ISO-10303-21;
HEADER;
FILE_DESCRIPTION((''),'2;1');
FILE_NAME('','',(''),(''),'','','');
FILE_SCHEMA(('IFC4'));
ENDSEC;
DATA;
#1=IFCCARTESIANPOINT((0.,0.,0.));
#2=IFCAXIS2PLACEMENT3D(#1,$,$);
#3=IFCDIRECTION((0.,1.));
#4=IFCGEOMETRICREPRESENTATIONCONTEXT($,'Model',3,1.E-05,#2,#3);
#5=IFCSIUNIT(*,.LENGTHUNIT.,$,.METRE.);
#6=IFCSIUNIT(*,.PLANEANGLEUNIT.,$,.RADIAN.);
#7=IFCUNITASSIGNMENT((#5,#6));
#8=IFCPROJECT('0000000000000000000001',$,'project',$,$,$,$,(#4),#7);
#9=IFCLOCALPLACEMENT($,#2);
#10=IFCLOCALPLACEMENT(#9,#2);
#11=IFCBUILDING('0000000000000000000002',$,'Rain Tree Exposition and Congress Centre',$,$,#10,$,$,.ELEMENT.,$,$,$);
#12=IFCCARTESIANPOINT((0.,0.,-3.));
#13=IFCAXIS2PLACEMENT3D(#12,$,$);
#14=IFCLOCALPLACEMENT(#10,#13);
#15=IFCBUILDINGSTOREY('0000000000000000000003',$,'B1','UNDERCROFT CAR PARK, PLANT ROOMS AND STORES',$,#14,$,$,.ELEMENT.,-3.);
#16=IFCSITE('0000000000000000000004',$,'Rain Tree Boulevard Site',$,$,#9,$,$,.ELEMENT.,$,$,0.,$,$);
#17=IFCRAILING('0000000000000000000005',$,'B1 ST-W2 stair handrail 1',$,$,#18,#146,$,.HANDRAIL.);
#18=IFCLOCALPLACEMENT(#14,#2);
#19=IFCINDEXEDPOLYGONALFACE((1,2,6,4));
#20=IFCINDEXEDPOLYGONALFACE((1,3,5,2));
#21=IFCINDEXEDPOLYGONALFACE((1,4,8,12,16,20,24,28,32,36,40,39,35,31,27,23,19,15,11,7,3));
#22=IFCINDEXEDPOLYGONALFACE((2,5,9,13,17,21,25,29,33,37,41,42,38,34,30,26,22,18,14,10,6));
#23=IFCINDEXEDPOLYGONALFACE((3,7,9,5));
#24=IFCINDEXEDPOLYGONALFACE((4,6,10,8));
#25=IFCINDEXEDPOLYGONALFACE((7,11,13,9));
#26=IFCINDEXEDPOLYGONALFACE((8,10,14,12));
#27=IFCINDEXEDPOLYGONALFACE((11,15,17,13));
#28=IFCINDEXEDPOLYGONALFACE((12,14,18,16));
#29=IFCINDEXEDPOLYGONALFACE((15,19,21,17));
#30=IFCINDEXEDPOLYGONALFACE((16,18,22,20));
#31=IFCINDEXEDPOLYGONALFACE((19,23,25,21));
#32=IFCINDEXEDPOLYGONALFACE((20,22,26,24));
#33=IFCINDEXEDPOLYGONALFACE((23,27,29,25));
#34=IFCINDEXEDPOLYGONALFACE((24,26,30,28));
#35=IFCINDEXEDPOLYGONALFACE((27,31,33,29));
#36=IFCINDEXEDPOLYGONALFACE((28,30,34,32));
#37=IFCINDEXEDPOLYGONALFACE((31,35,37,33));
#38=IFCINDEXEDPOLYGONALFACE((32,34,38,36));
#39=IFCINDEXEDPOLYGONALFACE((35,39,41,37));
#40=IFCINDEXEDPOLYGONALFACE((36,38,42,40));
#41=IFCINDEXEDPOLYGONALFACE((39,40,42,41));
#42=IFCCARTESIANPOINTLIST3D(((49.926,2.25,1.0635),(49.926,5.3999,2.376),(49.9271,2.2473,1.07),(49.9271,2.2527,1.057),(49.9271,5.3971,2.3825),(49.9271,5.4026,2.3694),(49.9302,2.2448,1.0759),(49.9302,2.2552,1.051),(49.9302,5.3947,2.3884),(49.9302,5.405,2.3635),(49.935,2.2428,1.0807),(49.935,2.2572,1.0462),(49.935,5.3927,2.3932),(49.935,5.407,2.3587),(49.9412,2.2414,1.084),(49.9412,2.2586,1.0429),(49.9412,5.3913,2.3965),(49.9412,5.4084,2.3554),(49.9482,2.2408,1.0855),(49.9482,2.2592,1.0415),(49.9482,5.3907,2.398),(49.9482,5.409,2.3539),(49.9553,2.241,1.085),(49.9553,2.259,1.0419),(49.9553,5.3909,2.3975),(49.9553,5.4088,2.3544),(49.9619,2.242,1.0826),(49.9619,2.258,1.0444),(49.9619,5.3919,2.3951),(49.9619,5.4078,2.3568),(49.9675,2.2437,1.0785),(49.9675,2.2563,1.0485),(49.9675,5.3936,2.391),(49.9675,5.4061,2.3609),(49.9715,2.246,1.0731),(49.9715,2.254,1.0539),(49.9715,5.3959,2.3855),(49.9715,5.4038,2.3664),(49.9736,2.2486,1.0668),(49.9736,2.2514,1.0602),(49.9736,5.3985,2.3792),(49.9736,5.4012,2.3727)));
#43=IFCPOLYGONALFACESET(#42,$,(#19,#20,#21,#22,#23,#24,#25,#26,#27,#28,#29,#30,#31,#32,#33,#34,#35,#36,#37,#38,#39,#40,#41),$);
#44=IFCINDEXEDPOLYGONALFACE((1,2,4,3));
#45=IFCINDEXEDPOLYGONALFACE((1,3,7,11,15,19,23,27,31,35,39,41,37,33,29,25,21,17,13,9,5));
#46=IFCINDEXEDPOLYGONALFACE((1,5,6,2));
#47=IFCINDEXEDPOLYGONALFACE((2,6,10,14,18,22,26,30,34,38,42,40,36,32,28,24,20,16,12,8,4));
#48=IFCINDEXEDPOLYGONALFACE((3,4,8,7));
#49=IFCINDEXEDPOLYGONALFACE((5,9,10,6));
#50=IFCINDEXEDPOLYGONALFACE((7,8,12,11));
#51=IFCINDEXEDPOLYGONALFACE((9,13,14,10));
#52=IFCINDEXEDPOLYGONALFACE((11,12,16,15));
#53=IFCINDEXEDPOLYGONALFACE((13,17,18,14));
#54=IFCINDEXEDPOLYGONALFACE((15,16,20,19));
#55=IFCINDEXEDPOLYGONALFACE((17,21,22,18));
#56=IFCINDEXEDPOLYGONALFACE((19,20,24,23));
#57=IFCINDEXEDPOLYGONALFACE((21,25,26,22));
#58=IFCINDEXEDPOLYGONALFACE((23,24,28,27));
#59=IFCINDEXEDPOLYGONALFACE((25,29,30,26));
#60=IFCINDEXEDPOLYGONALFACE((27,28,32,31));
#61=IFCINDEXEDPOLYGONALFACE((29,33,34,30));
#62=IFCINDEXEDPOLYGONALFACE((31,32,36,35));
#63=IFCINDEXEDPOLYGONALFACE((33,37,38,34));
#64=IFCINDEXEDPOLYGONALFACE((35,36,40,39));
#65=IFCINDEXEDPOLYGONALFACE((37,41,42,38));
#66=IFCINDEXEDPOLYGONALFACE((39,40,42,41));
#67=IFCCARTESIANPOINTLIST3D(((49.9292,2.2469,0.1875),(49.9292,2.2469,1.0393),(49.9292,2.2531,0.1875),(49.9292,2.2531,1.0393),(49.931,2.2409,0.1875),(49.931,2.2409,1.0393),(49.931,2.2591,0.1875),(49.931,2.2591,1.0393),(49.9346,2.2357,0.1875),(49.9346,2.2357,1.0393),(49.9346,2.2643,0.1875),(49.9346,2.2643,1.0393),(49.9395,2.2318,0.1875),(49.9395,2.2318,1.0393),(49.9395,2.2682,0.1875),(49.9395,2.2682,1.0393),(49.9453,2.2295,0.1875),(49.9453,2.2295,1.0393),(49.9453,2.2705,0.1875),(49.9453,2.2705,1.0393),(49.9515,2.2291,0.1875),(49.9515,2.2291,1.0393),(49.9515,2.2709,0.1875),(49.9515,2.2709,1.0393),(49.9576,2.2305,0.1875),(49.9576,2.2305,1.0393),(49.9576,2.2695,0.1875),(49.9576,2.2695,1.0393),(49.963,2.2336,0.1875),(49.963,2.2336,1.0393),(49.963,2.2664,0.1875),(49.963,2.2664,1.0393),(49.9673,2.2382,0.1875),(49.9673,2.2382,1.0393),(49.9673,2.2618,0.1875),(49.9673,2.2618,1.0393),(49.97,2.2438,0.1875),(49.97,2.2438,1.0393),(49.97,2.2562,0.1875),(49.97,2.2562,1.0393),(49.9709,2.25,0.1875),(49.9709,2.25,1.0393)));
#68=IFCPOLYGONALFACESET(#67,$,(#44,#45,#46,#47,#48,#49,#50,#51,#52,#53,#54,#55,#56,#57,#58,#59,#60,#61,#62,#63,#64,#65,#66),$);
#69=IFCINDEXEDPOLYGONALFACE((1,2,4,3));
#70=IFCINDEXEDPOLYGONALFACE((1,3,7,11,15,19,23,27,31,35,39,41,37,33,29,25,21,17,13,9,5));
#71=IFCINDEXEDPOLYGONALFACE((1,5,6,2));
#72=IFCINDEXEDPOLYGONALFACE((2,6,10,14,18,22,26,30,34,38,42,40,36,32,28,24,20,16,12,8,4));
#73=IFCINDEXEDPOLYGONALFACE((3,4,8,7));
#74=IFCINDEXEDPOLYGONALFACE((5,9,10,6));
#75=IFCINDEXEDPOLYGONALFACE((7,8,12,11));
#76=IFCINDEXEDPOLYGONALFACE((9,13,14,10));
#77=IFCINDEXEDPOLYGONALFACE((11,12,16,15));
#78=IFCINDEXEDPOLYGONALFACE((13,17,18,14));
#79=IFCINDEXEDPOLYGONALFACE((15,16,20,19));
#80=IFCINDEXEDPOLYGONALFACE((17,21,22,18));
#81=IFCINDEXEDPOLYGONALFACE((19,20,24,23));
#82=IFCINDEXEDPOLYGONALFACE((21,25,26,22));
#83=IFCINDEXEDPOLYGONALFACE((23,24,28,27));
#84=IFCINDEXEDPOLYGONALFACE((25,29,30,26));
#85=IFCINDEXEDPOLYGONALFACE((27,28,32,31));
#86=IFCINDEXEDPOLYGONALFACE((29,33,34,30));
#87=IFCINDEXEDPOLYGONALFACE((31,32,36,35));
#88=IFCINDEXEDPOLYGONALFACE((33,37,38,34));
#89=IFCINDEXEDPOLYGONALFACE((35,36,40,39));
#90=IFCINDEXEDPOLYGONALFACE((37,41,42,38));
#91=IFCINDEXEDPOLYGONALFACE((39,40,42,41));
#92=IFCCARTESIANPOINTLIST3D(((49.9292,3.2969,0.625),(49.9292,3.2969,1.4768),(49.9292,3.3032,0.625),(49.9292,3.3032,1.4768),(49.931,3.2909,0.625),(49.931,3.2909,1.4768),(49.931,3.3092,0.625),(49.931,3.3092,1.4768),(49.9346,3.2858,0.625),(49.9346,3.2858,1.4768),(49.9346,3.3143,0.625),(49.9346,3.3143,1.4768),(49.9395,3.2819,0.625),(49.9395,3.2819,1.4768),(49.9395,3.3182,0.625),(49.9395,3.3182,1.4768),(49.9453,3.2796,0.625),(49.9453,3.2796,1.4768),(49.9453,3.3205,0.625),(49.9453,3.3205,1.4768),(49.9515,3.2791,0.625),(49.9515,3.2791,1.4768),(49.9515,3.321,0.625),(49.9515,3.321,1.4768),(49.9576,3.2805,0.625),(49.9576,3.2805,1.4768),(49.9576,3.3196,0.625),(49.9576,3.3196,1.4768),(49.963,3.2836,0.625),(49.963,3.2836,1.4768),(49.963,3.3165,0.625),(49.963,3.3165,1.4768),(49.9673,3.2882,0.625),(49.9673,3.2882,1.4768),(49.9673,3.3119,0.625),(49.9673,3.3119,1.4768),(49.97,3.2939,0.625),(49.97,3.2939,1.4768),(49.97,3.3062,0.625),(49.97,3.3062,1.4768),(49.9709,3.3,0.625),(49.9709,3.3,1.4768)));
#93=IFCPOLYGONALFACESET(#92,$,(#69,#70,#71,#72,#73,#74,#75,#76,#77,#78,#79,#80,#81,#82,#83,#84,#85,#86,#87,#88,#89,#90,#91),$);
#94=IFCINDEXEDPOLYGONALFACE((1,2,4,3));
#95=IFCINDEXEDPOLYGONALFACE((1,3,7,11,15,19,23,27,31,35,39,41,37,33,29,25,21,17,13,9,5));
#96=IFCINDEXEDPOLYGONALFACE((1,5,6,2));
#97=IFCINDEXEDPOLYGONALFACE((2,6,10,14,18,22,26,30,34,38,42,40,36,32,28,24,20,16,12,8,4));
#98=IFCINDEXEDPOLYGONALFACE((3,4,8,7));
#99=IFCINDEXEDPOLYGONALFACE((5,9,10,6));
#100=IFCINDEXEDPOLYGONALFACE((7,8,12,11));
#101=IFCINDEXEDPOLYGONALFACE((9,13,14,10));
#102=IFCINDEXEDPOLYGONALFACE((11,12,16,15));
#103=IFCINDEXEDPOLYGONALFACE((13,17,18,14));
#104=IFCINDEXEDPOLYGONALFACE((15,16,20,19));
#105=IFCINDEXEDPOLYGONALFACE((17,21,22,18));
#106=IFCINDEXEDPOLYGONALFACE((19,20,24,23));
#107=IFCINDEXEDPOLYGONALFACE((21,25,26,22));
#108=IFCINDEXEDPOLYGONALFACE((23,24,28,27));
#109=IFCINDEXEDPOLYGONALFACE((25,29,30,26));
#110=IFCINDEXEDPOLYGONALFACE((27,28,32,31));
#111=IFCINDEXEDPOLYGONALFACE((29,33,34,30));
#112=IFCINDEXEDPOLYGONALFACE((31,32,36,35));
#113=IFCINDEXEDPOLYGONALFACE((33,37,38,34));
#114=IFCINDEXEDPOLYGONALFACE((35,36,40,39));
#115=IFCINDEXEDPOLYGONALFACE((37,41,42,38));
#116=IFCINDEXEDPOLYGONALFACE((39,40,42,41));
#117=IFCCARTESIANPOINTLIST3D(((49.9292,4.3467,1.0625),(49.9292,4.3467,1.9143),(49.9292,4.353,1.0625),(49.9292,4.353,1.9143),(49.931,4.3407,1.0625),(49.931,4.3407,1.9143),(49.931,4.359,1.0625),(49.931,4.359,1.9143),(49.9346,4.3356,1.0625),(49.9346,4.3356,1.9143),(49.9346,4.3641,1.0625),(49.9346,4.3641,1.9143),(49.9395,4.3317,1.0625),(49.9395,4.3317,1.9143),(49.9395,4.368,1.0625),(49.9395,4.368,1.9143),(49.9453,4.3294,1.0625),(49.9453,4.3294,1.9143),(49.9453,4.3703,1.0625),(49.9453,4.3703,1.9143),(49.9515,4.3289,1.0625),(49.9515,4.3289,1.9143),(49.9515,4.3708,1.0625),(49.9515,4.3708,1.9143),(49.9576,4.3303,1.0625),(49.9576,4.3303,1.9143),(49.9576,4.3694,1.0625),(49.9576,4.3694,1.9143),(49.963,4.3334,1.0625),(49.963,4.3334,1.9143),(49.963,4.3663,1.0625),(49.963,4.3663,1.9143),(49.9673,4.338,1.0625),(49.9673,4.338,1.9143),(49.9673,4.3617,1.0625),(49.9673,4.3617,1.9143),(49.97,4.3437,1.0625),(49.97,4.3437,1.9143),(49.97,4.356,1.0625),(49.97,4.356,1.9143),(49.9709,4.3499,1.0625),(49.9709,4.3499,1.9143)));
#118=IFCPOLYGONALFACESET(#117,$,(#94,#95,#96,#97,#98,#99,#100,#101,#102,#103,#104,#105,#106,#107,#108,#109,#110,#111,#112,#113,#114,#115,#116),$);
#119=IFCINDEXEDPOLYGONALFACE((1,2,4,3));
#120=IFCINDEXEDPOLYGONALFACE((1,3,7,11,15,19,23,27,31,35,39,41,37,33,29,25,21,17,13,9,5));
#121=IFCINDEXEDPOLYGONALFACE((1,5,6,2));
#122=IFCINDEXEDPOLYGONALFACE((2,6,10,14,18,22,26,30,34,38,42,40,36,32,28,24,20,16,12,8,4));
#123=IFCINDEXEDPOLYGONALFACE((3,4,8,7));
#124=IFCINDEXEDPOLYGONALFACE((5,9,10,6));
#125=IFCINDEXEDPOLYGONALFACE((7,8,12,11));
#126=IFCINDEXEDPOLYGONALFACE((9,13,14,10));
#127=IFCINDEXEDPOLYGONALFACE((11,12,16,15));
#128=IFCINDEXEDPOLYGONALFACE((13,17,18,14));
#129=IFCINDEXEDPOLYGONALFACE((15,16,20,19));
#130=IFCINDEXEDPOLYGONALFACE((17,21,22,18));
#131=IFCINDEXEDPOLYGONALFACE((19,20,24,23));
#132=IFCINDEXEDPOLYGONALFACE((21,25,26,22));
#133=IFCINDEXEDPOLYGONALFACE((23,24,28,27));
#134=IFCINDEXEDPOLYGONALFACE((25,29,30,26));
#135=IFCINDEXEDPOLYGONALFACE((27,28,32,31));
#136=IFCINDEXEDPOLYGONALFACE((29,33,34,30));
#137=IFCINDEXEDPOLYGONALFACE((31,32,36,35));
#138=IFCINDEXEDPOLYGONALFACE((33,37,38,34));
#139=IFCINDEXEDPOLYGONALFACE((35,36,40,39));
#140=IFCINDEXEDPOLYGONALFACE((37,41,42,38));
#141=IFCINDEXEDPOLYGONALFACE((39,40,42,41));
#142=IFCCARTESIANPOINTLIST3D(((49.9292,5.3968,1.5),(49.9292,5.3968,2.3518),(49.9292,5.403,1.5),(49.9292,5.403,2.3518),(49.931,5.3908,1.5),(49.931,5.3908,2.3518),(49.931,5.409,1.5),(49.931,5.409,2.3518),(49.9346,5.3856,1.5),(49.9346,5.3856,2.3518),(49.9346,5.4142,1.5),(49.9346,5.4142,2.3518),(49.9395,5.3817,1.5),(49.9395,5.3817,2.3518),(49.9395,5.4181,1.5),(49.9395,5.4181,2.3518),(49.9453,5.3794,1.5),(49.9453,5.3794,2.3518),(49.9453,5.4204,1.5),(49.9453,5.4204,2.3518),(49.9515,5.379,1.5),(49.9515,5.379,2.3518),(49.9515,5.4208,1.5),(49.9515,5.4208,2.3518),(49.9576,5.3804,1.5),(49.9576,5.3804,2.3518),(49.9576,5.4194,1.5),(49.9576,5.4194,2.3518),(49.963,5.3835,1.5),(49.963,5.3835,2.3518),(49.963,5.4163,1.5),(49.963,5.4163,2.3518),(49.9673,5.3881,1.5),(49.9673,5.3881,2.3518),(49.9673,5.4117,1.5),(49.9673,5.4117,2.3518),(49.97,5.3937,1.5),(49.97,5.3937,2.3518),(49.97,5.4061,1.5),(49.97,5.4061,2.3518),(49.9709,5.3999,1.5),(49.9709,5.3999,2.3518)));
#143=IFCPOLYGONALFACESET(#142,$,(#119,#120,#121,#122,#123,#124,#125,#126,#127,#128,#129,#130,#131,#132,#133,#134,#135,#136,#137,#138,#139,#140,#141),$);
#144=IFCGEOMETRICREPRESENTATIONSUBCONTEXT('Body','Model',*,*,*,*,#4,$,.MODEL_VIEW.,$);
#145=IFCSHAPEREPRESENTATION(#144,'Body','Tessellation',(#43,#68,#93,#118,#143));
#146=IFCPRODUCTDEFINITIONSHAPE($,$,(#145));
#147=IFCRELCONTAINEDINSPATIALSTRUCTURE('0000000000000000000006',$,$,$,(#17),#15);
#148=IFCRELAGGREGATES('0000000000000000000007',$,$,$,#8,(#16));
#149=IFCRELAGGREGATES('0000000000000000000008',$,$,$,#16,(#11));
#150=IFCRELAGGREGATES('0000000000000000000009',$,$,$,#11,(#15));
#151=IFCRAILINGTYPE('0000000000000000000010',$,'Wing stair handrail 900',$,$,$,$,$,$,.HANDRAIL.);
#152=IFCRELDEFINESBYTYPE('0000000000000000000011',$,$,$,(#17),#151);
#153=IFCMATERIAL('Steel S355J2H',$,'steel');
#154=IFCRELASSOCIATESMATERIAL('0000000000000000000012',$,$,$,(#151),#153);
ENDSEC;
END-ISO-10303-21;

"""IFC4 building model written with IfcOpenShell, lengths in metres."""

from ifc_helpers import new_model, si_unit, direction, frame, origin, origin_2d, place, context, subcontext, project, spatial, circle, extrude, material, type_object, element, save


model = new_model("IFC4")

# Units and contexts
model_context = context("Model", 3, precision=1e-05, world=origin(), true_north=direction((0.0, 1.0)))
body_context = subcontext(model_context, "Body", "Model", "MODEL_VIEW")
ifc_project = project(units=[si_unit("LENGTHUNIT", "METRE"), si_unit("PLANEANGLEUNIT", "RADIAN")], contexts=[model_context])

# Site, building, storey
site_placement = place(None, origin())
site = spatial("IfcSite", under=ifc_project, at=site_placement, Name="Rain Tree Boulevard Site", CompositionType="ELEMENT", RefElevation=0.0)
building_placement = place(site_placement, origin())
building = spatial("IfcBuilding", under=site, at=building_placement, Name="Rain Tree Exposition and Congress Centre", CompositionType="ELEMENT")
storey_placement = place(building_placement, frame((0.0, 0.0, -3.0)))
storey = spatial("IfcBuildingStorey", under=building, at=storey_placement, Name="B1", Description="UNDERCROFT CAR PARK, PLANT ROOMS AND STORES", CompositionType="ELEMENT", Elevation=-3.0)

# Railing
ifc_material_1 = material(Name="Steel S355J2H", Category="steel")
railing_type_1 = type_object("IfcRailingType", Name="Wing stair handrail 900", PredefinedType="HANDRAIL", material=ifc_material_1)
railing_1_placement = place(storey_placement, frame((49.95, 2.25, 0.1875)))
element("IfcRailing", 1, at=railing_1_placement, inside=storey, type_object=railing_type_1, Name="B1 ST-W2 stair handrail 1", PredefinedType="HANDRAIL", context=body_context, shape_type="SweptSolid", body=[
    extrude(circle(Radius=0.0239, at=origin_2d()), frame((0.0, 0.0, 0.876), z_axis=(0.0, 0.923073, 0.384626), x_axis=(-1.0, 0.0, 0.0)), (0.0, 0.0, 1.0), 3.4124),
    extrude(circle(Radius=0.021, at=origin_2d()), origin(), (0.0, 0.0, 1.0), 0.8518),
    extrude(circle(Radius=0.021, at=origin_2d()), frame((0.0, 1.05, 0.4375)), (0.0, 0.0, 1.0), 0.8518),
    extrude(circle(Radius=0.021, at=origin_2d()), frame((0.0, 2.0999, 0.875)), (0.0, 0.0, 1.0), 0.8518),
    extrude(circle(Radius=0.021, at=origin_2d()), frame((0.0, 3.1499, 1.3125)), (0.0, 0.0, 1.0), 0.8518),
])

save(model, "model.ifc")
